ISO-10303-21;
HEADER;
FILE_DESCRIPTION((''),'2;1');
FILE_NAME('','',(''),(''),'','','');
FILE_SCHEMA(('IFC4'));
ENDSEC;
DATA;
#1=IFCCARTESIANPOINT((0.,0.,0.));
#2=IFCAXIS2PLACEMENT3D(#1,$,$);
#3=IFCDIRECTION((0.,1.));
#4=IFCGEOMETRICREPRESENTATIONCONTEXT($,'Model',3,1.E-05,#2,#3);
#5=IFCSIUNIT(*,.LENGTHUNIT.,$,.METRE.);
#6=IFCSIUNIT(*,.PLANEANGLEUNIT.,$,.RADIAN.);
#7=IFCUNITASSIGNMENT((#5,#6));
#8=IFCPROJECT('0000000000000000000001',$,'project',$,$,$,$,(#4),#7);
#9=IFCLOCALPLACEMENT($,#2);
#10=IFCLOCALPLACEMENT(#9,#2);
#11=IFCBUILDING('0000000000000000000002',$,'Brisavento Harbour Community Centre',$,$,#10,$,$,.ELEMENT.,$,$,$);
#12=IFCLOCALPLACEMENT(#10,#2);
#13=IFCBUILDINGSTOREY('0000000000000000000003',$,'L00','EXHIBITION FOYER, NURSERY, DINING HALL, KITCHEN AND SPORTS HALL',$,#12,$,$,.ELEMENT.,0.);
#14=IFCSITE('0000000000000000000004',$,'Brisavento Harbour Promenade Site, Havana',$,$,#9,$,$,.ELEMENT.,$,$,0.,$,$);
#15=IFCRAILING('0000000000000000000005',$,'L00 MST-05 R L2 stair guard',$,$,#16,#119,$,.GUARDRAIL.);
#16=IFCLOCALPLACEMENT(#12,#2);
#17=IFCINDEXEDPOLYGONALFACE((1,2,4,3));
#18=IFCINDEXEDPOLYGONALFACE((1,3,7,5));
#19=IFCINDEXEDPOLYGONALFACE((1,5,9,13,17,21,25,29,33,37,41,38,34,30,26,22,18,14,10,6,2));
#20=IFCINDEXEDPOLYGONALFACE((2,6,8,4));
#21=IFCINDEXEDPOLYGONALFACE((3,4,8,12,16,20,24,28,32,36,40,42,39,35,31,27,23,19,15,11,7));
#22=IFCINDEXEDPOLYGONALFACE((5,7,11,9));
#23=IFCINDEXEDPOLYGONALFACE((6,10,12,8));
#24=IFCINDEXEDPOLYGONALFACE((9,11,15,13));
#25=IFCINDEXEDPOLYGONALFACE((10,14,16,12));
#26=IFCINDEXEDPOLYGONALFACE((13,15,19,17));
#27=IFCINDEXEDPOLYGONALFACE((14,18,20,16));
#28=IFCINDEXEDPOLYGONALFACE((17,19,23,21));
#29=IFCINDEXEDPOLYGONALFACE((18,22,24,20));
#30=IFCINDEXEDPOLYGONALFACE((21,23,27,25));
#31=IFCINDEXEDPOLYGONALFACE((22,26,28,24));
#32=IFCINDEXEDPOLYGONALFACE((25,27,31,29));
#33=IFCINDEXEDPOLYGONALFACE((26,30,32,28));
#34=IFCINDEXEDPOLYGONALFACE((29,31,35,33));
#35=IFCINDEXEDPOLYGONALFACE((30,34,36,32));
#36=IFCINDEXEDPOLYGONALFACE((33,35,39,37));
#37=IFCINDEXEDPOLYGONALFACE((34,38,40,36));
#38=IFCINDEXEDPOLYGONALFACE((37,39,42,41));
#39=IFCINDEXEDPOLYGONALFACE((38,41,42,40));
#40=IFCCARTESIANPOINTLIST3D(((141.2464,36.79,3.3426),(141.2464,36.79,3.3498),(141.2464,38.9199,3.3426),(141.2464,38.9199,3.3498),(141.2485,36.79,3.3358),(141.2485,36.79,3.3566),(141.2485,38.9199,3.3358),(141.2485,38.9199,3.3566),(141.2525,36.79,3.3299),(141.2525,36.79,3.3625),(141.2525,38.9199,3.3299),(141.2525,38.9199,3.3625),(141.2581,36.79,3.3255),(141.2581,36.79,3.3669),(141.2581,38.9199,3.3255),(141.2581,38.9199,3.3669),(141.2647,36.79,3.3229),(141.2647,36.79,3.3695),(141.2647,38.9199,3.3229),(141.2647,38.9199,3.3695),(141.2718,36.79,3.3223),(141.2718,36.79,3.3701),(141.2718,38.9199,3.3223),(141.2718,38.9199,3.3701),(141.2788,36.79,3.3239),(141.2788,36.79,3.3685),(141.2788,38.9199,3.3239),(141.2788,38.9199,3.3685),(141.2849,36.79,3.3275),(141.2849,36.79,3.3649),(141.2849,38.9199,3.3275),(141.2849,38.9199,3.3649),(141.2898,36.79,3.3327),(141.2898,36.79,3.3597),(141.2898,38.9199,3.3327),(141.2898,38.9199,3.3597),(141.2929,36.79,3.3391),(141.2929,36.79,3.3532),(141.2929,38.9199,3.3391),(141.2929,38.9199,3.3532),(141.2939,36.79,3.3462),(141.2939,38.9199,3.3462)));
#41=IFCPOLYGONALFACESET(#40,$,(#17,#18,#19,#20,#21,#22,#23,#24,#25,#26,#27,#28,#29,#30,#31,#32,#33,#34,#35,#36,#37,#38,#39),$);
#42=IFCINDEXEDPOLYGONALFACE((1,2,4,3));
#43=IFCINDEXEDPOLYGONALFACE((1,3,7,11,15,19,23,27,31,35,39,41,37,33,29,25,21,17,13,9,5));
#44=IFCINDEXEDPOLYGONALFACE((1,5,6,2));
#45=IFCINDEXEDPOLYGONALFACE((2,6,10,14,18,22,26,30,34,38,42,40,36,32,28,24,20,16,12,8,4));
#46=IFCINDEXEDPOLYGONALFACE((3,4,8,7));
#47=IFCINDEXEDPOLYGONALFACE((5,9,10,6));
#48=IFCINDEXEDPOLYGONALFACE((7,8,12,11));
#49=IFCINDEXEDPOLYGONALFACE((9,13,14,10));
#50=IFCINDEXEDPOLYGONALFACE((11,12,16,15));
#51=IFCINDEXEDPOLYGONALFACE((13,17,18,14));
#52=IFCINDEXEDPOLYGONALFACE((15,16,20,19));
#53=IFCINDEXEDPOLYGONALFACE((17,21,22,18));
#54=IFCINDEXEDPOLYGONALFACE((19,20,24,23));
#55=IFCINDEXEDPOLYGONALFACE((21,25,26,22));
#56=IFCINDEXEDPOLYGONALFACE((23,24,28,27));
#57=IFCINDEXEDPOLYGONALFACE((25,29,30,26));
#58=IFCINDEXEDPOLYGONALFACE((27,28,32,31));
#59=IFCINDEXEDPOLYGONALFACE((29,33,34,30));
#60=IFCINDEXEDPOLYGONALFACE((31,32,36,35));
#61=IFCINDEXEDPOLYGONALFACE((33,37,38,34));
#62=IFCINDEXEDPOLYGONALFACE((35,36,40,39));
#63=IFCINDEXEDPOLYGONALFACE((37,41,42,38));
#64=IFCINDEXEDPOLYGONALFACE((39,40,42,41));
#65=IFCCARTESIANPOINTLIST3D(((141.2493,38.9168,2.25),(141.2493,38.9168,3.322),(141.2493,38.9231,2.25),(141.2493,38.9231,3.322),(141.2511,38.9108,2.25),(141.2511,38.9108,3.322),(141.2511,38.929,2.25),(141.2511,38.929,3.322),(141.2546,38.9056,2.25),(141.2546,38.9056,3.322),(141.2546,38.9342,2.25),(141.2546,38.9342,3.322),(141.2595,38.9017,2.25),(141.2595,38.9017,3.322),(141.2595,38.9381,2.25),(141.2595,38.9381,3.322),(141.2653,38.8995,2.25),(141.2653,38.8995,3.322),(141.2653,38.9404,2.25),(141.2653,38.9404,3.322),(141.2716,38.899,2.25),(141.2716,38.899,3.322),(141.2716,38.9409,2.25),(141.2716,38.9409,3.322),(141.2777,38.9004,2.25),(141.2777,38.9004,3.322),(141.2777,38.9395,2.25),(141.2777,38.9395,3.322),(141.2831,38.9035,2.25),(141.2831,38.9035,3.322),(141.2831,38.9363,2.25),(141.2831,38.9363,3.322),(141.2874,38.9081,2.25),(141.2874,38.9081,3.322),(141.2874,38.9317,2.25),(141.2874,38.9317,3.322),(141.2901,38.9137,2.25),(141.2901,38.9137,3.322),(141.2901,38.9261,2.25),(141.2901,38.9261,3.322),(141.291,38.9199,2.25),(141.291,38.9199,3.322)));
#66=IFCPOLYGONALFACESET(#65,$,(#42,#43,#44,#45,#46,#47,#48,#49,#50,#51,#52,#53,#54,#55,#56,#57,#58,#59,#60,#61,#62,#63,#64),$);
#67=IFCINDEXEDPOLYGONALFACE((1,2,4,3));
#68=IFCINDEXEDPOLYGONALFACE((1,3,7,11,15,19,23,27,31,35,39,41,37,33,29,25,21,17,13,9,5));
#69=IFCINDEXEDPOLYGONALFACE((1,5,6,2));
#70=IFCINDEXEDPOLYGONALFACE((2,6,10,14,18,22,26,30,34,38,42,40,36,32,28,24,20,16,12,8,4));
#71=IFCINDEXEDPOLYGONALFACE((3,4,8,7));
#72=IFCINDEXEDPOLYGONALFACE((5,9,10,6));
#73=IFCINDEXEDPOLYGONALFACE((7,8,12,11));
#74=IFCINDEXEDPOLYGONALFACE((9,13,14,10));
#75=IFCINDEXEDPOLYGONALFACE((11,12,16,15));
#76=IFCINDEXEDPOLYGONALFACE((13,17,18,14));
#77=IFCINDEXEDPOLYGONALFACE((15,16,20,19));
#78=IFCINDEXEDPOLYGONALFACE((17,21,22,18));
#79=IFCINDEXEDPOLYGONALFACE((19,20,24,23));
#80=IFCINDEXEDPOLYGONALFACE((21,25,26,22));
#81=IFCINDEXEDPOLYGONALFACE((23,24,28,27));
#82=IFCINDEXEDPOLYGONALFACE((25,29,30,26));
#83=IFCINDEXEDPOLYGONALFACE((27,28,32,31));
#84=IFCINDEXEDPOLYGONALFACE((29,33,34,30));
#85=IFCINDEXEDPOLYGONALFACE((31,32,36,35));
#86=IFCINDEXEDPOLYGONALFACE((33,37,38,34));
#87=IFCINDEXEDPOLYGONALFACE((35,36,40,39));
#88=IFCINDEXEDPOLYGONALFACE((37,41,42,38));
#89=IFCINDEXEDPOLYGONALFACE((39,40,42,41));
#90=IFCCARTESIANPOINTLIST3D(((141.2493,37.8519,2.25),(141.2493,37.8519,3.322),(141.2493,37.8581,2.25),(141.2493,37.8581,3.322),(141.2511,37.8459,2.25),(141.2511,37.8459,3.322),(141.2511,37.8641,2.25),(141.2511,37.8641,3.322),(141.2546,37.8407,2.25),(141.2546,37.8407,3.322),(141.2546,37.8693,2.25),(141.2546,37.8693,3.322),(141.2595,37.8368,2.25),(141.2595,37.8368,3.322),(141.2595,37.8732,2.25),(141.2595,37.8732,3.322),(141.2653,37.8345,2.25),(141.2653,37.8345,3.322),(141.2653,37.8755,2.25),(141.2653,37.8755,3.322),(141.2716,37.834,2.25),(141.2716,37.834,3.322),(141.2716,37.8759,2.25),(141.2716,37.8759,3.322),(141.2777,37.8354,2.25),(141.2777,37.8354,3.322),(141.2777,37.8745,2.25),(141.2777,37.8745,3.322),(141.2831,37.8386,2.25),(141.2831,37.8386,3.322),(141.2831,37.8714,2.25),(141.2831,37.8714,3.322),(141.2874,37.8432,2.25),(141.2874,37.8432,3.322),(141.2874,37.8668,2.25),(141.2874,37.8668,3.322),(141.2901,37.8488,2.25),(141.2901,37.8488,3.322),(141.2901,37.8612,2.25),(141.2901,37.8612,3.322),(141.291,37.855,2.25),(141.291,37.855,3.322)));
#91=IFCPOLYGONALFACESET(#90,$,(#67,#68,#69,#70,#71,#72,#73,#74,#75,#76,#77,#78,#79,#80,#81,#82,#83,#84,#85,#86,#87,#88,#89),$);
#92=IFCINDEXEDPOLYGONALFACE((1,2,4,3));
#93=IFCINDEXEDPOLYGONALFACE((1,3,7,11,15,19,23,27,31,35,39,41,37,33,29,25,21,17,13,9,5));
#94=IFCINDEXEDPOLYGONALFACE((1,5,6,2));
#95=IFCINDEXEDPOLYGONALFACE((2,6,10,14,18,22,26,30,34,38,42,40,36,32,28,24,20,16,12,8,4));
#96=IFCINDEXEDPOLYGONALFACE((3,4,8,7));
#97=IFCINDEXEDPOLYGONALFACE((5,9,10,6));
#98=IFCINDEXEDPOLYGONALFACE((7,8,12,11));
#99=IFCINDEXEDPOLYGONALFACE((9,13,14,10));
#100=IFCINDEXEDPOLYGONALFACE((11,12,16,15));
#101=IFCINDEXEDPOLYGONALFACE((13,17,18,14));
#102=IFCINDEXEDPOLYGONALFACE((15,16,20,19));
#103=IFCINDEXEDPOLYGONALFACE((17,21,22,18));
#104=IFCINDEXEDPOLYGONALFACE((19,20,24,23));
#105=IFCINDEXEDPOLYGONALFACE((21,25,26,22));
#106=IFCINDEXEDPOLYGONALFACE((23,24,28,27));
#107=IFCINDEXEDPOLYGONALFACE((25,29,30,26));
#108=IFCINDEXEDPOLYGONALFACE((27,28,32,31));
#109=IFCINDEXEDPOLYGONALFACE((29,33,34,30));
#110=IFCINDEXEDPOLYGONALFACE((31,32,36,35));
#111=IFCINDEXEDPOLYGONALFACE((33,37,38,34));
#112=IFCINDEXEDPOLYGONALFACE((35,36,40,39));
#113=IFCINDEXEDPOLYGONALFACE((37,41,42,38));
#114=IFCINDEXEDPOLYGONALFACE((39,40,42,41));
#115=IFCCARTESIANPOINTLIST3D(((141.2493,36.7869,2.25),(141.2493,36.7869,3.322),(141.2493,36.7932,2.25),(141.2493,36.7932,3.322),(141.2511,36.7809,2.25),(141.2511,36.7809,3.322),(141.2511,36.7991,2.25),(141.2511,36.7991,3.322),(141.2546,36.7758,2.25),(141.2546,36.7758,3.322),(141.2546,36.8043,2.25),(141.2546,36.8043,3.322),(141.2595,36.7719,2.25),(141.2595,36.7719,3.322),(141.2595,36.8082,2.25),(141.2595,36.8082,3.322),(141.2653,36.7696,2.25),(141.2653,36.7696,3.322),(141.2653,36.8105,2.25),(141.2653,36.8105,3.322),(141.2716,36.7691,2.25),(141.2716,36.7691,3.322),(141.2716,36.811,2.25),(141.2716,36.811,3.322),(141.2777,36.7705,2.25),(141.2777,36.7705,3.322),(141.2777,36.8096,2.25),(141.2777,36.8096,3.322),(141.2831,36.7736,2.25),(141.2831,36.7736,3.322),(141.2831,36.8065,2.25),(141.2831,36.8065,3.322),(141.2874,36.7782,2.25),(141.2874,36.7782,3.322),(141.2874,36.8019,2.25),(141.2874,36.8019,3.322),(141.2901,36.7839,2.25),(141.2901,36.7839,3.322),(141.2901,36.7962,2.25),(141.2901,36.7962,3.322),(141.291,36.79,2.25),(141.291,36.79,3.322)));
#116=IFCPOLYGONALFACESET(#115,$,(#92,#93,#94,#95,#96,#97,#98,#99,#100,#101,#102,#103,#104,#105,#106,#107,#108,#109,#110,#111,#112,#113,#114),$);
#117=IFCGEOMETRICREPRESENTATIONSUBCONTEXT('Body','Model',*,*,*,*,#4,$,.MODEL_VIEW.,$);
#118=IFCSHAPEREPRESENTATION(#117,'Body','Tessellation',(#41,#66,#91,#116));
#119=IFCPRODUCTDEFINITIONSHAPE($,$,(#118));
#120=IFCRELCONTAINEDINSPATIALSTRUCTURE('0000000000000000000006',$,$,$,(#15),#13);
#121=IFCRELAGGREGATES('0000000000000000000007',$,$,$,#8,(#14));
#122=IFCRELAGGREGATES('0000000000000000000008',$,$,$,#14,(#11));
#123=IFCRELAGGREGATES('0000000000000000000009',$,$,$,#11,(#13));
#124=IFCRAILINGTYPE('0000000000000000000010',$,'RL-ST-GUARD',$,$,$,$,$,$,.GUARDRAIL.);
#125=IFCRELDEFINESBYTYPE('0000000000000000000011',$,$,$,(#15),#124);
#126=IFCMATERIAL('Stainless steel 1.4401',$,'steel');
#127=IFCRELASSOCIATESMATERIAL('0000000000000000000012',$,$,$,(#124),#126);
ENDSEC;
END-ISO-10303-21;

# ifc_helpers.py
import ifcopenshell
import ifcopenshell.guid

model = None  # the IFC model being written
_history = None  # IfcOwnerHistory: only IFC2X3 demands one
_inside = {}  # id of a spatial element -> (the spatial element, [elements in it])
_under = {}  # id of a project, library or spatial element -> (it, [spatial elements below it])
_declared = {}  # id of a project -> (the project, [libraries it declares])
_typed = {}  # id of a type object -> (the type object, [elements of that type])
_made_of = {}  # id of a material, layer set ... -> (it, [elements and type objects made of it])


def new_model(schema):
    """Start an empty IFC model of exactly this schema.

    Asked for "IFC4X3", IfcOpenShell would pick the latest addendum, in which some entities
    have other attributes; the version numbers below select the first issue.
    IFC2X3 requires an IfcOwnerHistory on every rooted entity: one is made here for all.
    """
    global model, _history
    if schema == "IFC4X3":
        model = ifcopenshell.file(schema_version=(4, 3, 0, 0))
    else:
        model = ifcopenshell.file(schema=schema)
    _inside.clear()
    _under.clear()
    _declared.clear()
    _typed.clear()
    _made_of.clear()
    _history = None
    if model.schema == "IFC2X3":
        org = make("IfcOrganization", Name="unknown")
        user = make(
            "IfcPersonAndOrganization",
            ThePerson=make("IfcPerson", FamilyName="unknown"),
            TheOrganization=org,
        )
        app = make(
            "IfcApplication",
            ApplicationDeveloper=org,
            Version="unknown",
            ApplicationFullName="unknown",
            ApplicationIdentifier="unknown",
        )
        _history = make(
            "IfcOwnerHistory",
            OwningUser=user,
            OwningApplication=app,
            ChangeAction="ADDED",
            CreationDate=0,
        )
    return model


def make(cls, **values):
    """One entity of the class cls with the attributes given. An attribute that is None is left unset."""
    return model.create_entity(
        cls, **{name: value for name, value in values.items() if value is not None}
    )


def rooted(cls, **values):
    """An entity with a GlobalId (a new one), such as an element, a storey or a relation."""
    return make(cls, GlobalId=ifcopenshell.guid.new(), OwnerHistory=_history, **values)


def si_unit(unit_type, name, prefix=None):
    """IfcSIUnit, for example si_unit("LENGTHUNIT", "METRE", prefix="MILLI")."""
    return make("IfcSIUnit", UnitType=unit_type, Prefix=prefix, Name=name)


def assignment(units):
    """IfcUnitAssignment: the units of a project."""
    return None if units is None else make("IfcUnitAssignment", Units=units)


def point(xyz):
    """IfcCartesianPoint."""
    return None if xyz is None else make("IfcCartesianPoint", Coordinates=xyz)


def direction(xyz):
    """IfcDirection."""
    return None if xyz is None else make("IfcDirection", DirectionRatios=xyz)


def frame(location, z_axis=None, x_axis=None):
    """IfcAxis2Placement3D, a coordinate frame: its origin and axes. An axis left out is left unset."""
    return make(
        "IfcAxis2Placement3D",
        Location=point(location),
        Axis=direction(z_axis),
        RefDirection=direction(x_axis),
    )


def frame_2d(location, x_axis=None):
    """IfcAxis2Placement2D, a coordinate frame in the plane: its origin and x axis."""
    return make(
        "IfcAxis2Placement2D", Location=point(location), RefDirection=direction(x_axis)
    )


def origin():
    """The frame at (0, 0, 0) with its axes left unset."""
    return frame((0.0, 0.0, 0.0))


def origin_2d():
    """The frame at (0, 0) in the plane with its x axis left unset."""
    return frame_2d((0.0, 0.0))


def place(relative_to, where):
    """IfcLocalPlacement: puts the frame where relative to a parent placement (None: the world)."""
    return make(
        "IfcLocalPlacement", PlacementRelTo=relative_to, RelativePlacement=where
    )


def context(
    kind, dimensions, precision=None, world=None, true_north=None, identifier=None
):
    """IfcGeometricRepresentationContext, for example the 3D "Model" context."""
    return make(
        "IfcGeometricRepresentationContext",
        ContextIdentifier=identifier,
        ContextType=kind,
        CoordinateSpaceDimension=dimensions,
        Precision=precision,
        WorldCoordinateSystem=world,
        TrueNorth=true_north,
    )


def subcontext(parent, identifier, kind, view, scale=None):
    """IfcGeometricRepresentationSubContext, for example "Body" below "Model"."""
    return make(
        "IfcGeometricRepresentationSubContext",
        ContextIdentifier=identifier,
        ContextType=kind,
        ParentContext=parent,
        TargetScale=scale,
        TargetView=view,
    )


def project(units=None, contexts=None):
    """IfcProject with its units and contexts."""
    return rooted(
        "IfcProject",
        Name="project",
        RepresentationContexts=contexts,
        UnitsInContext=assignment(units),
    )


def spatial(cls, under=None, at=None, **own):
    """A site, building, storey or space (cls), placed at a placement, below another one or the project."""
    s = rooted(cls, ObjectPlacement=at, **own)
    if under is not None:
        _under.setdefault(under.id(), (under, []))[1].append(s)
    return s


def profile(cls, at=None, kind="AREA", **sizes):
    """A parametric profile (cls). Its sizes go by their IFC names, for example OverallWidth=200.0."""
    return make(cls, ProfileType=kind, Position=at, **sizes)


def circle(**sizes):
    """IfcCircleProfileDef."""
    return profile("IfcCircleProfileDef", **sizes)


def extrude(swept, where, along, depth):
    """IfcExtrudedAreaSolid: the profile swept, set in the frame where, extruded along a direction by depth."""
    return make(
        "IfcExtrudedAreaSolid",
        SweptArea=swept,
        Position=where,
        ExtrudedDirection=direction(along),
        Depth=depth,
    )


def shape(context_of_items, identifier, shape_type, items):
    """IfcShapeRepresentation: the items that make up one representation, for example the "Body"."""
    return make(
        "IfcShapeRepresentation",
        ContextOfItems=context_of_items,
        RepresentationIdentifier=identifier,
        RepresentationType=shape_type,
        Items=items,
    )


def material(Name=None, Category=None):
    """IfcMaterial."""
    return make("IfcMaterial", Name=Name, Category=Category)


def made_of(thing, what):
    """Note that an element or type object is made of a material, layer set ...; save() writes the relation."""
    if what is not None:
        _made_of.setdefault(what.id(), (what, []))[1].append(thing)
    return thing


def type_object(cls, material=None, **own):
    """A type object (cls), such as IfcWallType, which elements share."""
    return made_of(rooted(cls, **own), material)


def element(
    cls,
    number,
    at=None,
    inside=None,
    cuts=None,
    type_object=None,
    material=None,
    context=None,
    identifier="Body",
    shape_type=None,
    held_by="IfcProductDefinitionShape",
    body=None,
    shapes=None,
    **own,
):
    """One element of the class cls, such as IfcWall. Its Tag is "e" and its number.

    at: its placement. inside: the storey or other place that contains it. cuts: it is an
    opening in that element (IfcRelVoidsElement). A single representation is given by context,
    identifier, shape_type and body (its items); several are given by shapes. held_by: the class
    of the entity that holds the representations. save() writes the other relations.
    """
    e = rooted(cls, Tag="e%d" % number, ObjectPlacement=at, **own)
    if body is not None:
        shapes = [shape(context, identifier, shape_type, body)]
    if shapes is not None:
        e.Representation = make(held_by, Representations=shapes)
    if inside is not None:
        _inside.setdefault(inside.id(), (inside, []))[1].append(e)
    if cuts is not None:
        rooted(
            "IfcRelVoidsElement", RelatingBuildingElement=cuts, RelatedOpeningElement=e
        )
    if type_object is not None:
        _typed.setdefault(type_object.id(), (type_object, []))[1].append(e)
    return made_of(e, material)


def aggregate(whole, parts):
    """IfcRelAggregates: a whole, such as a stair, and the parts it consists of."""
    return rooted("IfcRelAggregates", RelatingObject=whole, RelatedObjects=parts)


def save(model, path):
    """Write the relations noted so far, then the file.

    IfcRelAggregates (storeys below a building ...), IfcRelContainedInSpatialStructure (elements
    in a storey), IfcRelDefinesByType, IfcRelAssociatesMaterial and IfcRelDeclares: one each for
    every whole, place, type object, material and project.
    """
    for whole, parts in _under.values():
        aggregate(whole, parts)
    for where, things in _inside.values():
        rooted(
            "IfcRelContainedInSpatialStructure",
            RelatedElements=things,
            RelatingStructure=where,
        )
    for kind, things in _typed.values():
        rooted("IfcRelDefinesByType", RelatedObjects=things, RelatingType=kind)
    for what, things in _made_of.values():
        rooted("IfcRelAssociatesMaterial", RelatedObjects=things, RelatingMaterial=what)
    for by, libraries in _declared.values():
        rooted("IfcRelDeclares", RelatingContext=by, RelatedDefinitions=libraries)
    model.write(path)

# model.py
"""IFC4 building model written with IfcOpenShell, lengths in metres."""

from ifc_helpers import new_model, si_unit, direction, frame, origin, origin_2d, place, context, subcontext, project, spatial, circle, extrude, material, type_object, element, save


model = new_model("IFC4")

# Units and contexts
model_context = context("Model", 3, precision=1e-05, world=origin(), true_north=direction((0.0, 1.0)))
body_context = subcontext(model_context, "Body", "Model", "MODEL_VIEW")
ifc_project = project(units=[si_unit("LENGTHUNIT", "METRE"), si_unit("PLANEANGLEUNIT", "RADIAN")], contexts=[model_context])

# Site, building, storey
site_placement = place(None, origin())
site = spatial("IfcSite", under=ifc_project, at=site_placement, Name="Brisavento Harbour Promenade Site, Havana", CompositionType="ELEMENT", RefElevation=0.0)
building_placement = place(site_placement, origin())
building = spatial("IfcBuilding", under=site, at=building_placement, Name="Brisavento Harbour Community Centre", CompositionType="ELEMENT")
storey_placement = place(building_placement, origin())
storey = spatial("IfcBuildingStorey", under=building, at=storey_placement, Name="L00", Description="EXHIBITION FOYER, NURSERY, DINING HALL, KITCHEN AND SPORTS HALL", CompositionType="ELEMENT", Elevation=0.0)

# Railing
ifc_material_1 = material(Name="Stainless steel 1.4401", Category="steel")
railing_type = type_object("IfcRailingType", Name="RL-ST-GUARD", PredefinedType="GUARDRAIL", material=ifc_material_1)
railing_1_placement = place(storey_placement, frame((141.27, 38.9199, 2.25)))
element("IfcRailing", 1, at=railing_1_placement, inside=storey, type_object=railing_type, Name="L00 MST-05 R L2 stair guard", PredefinedType="GUARDRAIL", context=body_context, shape_type="SweptSolid", body=[
    extrude(circle(Radius=0.0239, at=origin_2d()), frame((0.0, 0.0, 1.0962), z_axis=(0.0, -1.0, 0.0), x_axis=(1.0, 0.0, 0.0)), (0.0, 0.0, 1.0), 2.1299),
    extrude(circle(Radius=0.021, at=origin_2d()), origin(), (0.0, 0.0, 1.0), 1.072),
    extrude(circle(Radius=0.021, at=origin_2d()), frame((0.0, -1.0649, 0.0)), (0.0, 0.0, 1.0), 1.072),
    extrude(circle(Radius=0.021, at=origin_2d()), frame((0.0, -2.1299, 0.0)), (0.0, 0.0, 1.0), 1.072),
])

save(model, "model.ifc")
